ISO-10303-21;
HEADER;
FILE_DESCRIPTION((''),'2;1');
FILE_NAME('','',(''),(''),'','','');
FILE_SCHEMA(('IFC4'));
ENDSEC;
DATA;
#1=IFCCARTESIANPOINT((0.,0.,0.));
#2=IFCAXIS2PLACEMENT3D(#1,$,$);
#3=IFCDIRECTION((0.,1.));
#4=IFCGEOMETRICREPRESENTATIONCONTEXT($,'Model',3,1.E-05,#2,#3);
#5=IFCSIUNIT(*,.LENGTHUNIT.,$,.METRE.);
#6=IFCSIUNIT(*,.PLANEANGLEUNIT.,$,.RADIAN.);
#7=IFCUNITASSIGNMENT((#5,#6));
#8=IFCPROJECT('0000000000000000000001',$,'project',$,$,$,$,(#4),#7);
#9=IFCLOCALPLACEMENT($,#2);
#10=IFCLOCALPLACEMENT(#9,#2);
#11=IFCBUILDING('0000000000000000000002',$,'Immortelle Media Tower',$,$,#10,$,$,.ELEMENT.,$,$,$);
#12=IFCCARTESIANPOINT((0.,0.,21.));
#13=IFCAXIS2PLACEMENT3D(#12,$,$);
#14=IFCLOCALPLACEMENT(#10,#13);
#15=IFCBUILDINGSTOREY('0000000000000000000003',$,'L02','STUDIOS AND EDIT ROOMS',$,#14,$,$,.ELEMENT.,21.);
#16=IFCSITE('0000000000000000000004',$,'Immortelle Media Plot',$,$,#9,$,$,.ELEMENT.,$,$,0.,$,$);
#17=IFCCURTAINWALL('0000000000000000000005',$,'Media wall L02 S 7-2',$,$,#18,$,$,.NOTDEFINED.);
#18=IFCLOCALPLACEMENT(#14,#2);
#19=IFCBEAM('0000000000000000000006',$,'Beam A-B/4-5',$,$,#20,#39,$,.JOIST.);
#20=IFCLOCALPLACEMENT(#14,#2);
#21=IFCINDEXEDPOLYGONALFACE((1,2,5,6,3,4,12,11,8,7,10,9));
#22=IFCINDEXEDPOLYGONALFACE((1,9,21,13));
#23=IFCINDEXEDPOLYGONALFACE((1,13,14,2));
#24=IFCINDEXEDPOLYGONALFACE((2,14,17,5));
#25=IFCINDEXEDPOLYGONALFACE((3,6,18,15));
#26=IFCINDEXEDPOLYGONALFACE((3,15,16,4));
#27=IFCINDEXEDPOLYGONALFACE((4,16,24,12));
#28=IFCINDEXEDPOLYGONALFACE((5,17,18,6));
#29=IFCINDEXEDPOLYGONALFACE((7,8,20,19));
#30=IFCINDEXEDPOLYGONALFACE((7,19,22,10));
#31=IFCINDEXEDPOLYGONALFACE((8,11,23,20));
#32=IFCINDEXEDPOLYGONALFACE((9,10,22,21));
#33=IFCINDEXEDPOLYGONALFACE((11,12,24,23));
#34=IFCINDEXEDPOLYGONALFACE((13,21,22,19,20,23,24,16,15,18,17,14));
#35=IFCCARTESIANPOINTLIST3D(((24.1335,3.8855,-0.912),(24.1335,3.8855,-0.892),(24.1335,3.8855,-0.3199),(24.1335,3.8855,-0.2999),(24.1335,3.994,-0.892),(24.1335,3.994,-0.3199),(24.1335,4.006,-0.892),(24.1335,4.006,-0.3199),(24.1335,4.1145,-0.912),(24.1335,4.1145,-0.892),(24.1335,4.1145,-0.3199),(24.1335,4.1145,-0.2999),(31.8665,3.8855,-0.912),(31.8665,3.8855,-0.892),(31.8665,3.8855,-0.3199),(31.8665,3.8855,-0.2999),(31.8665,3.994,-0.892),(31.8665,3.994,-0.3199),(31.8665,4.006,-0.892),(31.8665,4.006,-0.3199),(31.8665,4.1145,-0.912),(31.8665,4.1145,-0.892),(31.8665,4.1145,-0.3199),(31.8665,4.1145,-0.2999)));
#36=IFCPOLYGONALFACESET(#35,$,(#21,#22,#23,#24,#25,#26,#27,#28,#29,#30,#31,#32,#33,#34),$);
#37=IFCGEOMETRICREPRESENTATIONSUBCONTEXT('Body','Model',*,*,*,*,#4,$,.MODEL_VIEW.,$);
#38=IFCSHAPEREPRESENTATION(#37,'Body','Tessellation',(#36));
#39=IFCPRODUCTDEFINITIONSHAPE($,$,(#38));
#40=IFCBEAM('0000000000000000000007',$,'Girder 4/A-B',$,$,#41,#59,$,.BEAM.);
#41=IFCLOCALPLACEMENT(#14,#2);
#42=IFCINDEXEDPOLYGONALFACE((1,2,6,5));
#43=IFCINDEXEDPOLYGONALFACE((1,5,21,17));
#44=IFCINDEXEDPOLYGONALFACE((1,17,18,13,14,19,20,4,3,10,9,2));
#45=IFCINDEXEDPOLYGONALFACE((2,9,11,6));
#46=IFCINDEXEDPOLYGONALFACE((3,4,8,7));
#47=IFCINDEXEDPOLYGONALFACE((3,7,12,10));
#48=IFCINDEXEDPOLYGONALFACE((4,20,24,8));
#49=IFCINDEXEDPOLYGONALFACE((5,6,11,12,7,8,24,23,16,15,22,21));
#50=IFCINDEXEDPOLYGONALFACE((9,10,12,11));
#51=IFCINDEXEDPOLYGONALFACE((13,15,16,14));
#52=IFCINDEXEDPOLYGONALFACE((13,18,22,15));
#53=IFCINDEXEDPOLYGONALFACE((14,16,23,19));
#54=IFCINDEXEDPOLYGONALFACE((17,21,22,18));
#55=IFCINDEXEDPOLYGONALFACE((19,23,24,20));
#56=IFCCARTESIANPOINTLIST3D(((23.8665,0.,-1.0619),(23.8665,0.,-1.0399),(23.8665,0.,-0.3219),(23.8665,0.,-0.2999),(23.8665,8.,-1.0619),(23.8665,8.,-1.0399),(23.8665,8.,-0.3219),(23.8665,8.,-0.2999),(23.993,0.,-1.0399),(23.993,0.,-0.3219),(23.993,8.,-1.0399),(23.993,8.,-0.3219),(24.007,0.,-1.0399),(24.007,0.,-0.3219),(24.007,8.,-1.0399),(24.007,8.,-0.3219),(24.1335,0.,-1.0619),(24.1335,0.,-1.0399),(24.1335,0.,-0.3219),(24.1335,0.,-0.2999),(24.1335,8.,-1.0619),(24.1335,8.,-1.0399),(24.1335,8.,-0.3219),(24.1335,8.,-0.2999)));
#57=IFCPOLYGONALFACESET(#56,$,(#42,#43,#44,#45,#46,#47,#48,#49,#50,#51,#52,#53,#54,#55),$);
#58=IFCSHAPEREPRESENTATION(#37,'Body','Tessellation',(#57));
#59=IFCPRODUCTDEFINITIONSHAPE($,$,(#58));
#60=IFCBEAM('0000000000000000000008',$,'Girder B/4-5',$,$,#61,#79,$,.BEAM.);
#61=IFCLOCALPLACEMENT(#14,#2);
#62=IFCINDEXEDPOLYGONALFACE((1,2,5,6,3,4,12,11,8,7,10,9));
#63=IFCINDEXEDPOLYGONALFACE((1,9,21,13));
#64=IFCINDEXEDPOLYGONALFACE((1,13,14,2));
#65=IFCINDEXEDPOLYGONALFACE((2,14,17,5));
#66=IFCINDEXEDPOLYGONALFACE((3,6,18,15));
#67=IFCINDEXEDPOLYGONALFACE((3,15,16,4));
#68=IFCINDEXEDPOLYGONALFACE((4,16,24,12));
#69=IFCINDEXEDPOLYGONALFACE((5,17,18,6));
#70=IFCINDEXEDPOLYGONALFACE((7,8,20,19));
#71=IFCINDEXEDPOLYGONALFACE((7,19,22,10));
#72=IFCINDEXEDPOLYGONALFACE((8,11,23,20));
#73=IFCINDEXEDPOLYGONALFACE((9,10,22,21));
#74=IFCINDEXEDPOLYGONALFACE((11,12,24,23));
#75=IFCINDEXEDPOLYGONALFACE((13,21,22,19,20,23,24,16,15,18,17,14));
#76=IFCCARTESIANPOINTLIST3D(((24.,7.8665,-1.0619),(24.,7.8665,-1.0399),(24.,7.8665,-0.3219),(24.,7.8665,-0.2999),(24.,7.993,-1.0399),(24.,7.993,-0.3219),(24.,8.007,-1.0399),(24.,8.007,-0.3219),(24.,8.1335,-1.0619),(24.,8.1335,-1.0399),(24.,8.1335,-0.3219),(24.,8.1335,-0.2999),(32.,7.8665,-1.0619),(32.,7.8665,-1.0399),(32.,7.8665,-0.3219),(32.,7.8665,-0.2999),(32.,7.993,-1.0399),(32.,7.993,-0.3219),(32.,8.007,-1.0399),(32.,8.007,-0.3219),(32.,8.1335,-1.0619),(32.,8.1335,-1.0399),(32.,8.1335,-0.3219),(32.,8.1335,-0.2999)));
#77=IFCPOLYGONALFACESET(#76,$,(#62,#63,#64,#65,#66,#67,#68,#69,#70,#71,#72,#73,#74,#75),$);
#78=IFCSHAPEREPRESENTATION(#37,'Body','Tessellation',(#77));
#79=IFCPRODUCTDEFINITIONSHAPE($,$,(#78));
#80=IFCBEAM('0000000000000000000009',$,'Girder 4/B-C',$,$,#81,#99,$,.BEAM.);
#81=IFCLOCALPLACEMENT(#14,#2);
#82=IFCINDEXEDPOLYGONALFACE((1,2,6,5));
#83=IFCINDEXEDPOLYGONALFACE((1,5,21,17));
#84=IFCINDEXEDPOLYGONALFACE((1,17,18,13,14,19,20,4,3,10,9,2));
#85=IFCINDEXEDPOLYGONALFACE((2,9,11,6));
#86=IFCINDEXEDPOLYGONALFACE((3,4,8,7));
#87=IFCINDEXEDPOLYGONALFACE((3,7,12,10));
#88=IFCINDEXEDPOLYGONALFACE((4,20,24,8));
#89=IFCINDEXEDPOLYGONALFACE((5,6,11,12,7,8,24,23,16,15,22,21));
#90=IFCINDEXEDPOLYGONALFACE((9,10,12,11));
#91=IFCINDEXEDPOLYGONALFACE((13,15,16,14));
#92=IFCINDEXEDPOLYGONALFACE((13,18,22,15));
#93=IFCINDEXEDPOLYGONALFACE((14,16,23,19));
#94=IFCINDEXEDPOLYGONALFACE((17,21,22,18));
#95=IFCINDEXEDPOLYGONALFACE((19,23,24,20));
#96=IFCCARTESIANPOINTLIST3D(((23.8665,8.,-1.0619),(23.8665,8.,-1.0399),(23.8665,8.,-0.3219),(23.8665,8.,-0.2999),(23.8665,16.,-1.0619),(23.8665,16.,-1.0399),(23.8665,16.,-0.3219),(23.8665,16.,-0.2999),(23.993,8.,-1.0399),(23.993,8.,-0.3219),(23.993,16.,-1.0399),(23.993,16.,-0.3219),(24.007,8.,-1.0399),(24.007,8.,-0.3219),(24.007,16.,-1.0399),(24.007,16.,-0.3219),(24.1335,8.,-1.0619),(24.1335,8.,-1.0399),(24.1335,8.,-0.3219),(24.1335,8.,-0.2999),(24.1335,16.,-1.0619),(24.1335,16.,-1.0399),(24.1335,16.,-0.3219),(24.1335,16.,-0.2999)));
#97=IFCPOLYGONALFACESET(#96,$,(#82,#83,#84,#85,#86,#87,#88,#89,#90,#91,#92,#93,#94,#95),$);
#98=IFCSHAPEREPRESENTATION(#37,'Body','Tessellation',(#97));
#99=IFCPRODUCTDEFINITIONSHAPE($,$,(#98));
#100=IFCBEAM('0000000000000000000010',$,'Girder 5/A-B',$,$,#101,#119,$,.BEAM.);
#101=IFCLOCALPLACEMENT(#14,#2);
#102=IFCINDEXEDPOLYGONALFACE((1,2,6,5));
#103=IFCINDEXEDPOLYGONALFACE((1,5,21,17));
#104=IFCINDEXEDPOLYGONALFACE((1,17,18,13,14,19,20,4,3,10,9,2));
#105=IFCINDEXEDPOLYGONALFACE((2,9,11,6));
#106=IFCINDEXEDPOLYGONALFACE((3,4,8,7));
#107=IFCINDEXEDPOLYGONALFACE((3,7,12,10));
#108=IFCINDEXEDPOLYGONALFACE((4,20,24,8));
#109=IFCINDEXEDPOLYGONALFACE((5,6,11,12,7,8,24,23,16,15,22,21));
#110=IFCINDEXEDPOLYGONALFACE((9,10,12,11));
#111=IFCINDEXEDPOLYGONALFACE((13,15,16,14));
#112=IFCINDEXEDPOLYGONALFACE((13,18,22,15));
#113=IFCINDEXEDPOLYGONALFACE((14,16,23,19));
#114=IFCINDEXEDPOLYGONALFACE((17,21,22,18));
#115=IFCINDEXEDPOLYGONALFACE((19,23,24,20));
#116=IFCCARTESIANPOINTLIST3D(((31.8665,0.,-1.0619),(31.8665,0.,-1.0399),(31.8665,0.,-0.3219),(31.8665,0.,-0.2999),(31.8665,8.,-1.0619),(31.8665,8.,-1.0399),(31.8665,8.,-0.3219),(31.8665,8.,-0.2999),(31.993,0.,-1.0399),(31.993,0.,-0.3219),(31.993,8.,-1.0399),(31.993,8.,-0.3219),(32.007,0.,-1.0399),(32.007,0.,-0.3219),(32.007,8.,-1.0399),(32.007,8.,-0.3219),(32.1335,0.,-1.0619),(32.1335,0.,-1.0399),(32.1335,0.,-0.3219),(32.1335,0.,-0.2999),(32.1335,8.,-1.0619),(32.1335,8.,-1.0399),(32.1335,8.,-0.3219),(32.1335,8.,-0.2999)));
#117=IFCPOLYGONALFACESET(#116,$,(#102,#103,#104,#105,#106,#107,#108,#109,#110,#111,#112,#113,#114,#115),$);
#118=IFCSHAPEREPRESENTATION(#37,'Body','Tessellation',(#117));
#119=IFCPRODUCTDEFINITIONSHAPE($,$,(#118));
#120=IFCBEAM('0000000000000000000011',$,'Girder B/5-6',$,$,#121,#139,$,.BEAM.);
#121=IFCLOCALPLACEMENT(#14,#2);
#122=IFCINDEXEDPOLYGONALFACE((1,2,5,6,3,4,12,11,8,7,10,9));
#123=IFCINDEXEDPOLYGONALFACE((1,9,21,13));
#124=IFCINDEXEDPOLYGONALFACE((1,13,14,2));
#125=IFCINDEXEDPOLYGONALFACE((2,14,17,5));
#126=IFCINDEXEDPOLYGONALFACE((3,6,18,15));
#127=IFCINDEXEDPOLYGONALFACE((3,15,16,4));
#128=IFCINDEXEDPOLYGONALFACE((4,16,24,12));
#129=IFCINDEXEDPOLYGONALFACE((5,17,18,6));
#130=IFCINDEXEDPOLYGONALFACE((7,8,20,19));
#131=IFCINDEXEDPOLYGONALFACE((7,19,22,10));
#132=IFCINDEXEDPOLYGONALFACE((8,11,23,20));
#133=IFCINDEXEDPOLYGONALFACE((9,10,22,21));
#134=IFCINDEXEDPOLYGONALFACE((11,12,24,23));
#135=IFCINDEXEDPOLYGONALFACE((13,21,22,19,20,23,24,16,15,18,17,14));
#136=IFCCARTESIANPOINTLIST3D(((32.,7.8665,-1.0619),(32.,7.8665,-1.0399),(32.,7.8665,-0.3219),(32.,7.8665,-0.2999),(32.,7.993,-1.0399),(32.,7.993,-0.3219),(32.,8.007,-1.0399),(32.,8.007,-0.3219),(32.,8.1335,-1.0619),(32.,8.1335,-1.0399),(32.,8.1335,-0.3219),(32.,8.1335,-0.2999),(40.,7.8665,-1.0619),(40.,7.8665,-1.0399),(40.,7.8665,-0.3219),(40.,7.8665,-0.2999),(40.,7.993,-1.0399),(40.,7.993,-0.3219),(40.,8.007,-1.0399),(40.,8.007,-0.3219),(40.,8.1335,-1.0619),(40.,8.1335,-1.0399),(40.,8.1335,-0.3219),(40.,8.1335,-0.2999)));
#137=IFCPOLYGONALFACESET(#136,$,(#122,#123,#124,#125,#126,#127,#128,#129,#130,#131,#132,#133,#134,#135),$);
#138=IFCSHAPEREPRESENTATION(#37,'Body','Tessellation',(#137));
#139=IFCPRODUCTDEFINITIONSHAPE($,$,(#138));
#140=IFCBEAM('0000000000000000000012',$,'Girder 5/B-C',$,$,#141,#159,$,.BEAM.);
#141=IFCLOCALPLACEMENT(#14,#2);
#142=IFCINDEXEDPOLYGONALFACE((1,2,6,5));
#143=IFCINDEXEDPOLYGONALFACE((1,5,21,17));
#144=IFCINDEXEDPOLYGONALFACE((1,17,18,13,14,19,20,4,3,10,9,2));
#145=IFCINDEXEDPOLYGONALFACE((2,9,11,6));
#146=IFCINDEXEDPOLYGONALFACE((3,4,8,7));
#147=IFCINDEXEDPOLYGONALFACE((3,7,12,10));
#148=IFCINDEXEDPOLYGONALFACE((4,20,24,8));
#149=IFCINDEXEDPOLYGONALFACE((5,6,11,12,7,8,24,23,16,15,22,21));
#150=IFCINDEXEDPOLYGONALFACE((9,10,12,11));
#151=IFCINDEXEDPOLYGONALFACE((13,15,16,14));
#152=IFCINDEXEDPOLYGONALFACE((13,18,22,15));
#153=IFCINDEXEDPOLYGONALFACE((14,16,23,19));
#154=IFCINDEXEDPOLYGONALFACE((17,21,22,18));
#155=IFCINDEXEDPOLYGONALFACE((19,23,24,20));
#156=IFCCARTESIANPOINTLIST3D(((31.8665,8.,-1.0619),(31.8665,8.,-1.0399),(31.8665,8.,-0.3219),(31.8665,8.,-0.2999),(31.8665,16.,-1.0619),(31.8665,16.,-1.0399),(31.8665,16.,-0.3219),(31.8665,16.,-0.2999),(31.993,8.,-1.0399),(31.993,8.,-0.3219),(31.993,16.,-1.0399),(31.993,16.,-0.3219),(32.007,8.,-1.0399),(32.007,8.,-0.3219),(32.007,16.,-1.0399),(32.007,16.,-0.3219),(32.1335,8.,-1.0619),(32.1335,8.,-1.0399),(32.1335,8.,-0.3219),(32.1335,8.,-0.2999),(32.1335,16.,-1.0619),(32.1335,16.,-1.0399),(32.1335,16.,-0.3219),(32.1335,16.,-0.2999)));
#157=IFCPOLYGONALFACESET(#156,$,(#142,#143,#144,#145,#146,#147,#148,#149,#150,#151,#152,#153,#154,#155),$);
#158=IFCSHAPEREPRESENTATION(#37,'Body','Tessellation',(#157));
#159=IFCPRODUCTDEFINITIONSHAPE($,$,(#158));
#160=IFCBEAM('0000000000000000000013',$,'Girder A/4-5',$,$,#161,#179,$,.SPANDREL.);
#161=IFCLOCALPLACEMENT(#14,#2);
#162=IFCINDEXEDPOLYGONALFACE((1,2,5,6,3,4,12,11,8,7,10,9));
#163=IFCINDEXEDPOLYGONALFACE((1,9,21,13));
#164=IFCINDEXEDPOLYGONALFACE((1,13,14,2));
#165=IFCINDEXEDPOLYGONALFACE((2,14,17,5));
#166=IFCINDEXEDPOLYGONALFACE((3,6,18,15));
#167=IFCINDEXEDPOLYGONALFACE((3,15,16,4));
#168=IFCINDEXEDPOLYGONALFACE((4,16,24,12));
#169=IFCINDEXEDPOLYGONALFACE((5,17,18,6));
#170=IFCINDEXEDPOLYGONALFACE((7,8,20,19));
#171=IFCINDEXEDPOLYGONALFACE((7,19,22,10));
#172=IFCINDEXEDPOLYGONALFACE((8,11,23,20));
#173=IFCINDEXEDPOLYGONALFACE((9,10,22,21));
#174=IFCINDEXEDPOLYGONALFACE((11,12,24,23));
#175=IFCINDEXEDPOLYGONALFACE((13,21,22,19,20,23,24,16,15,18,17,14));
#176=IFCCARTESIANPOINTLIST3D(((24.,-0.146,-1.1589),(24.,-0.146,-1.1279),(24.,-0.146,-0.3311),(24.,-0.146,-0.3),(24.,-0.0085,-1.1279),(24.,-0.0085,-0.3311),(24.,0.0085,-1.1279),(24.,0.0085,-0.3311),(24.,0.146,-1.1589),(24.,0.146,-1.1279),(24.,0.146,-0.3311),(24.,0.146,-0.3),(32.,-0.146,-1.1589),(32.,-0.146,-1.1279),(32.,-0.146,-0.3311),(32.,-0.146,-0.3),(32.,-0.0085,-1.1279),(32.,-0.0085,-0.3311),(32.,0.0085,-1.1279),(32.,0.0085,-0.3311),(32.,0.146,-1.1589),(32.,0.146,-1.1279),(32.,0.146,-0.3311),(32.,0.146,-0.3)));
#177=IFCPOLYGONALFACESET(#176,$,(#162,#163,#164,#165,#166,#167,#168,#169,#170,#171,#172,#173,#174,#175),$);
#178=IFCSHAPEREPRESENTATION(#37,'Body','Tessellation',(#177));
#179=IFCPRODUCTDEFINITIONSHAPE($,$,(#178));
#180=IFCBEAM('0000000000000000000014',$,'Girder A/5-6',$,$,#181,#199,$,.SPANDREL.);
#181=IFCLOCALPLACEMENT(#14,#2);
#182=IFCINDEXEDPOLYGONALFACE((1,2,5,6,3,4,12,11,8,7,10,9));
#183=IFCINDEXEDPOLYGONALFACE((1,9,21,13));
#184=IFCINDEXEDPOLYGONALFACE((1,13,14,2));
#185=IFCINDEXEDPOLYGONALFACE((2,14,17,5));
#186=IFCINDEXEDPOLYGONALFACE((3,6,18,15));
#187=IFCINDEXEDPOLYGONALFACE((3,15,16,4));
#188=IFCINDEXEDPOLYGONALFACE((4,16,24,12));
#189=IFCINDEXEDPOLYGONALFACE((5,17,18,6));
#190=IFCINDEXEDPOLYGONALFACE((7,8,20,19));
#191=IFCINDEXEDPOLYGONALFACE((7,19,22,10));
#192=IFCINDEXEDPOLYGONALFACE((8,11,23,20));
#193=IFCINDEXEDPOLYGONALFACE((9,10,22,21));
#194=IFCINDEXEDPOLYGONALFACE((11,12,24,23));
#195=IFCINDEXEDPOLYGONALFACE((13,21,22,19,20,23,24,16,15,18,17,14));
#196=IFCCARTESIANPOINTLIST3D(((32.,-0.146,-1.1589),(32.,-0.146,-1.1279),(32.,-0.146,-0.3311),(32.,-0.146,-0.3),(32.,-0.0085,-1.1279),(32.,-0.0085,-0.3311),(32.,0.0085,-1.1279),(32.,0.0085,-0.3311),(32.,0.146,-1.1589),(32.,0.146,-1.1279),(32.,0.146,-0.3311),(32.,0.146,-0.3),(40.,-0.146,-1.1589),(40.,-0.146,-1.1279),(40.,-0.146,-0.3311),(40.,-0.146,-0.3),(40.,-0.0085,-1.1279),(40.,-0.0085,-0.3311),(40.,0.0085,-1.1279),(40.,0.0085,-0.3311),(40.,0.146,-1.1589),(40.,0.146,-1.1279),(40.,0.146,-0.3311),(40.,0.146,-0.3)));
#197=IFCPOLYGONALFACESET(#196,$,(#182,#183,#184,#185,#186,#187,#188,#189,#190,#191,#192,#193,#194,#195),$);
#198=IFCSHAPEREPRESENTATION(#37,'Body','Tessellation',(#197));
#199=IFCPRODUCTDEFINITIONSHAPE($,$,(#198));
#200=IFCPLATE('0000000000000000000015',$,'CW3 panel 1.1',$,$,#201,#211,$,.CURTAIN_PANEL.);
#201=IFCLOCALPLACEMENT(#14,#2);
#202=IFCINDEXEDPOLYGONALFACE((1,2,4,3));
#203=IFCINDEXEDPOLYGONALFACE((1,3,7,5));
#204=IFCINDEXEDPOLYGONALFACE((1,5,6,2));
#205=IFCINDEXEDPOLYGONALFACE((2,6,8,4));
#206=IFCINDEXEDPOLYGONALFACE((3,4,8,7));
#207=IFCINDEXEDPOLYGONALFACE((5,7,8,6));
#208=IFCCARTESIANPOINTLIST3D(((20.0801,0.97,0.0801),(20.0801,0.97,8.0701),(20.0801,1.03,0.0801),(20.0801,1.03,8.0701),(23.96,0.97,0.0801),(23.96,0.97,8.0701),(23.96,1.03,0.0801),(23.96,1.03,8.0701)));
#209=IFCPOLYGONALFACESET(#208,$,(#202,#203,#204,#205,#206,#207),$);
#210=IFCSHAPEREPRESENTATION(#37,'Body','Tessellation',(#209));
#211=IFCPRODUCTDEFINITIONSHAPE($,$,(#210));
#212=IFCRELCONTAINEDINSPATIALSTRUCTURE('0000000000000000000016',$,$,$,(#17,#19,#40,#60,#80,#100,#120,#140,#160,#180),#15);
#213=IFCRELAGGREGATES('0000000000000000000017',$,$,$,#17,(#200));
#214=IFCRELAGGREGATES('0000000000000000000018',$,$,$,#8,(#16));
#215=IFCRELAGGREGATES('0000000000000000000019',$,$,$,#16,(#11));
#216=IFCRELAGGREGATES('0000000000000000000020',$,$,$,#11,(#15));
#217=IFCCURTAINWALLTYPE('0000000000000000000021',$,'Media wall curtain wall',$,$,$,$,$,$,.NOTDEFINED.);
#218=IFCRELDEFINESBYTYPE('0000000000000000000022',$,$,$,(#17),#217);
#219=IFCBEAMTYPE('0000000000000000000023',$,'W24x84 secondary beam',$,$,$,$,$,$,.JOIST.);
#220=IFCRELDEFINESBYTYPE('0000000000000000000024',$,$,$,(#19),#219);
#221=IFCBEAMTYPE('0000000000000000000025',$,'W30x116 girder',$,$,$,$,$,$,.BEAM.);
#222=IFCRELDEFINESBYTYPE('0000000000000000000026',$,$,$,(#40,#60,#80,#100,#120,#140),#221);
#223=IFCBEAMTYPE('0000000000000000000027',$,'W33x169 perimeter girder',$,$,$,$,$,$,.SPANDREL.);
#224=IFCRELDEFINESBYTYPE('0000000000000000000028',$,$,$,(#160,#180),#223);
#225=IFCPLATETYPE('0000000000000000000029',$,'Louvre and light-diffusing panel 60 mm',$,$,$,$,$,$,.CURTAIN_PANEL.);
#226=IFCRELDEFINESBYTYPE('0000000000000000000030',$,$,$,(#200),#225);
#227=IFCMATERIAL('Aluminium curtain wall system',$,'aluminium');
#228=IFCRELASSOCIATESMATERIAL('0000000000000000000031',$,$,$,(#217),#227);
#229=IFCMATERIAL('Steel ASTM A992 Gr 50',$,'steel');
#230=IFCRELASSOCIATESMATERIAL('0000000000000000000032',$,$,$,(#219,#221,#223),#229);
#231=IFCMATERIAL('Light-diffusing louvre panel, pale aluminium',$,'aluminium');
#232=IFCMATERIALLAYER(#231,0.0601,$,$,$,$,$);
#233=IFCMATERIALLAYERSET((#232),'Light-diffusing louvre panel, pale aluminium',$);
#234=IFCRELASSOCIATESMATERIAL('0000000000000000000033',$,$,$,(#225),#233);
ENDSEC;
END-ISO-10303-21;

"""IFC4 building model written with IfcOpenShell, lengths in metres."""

from ifc_helpers import new_model, si_unit, direction, frame, origin, origin_2d, place, context, subcontext, project, spatial, rectangle, i_section, extrude, material, layer, layer_set, material_profile, profile_set, type_object, element, aggregate, save


model = new_model("IFC4")

# Units and contexts
model_context = context("Model", 3, precision=1e-05, world=origin(), true_north=direction((0.0, 1.0)))
body_context = subcontext(model_context, "Body", "Model", "MODEL_VIEW")
ifc_project = project(units=[si_unit("LENGTHUNIT", "METRE"), si_unit("PLANEANGLEUNIT", "RADIAN")], contexts=[model_context])

# Site, building, storey
site_placement = place(None, origin())
site = spatial("IfcSite", under=ifc_project, at=site_placement, Name="Immortelle Media Plot", CompositionType="ELEMENT", RefElevation=0.0)
building_placement = place(site_placement, origin())
building = spatial("IfcBuilding", under=site, at=building_placement, Name="Immortelle Media Tower", CompositionType="ELEMENT")
storey_placement = place(building_placement, frame((0.0, 0.0, 21.0)))
storey = spatial("IfcBuildingStorey", under=building, at=storey_placement, Name="L02", Description="STUDIOS AND EDIT ROOMS", CompositionType="ELEMENT", Elevation=21.0)

# Shared definitions
ifc_material_1 = material(Name="Steel ASTM A992 Gr 50", Category="steel")

# Curtain wall
ifc_material_2 = material(Name="Aluminium curtain wall system", Category="aluminium")
curtain_wall_type = type_object("IfcCurtainWallType", Name="Media wall curtain wall", PredefinedType="NOTDEFINED", material=ifc_material_2)
curtain_wall_placement = place(storey_placement, origin())
curtain_wall = element("IfcCurtainWall", 1, at=curtain_wall_placement, inside=storey, type_object=curtain_wall_type, Name="Media wall L02 S 7-2", PredefinedType="NOTDEFINED")

# Beams
ifc_material_profile_1 = material_profile(ifc_material_1, i_section(OverallWidth=0.229, OverallDepth=0.6121, WebThickness=0.012, FlangeThickness=0.02, at=origin_2d()), Name="W24x84")
ifc_profile_set_1 = profile_set([ifc_material_profile_1], Name="Steel ASTM A992 Gr 50")
beam_type_1 = type_object("IfcBeamType", Name="W24x84 secondary beam", PredefinedType="JOIST", material=ifc_profile_set_1)
beam_placement = place(storey_placement, frame((24.1335, 4.0, -0.606), z_axis=(1.0, 0.0, 0.0), x_axis=(0.0, 1.0, 0.0)))
element("IfcBeam", 2, at=beam_placement, inside=storey, type_object=beam_type_1, Name="Beam A-B/4-5", PredefinedType="JOIST", context=body_context, shape_type="SweptSolid", body=[
    extrude(i_section(OverallWidth=0.229, OverallDepth=0.6121, WebThickness=0.012, FlangeThickness=0.02, at=origin_2d()), origin(), (0.0, 0.0, 1.0), 7.7329),
])
ifc_material_profile_2 = material_profile(ifc_material_1, i_section(OverallWidth=0.2671, OverallDepth=0.762, WebThickness=0.0139, FlangeThickness=0.022, at=origin_2d()), Name="W30x116")
ifc_profile_set_2 = profile_set([ifc_material_profile_2], Name="Steel ASTM A992 Gr 50")
beam_type_2 = type_object("IfcBeamType", Name="W30x116 girder", PredefinedType="BEAM", material=ifc_profile_set_2)
for number, where, z_axis, x_axis, name in (
    (3, (24.0, 0.0, -0.6809), (0.0, 1.0, 0.0), (-1.0, 0.0, 0.0), "Girder 4/A-B"),
    (4, (24.0, 8.0, -0.6809), (1.0, 0.0, 0.0), (0.0, 1.0, 0.0), "Girder B/4-5"),
    (5, (24.0, 8.0, -0.6809), (0.0, 1.0, 0.0), (-1.0, 0.0, 0.0), "Girder 4/B-C"),
    (6, (32.0, 0.0, -0.6809), (0.0, 1.0, 0.0), (-1.0, 0.0, 0.0), "Girder 5/A-B"),
    (7, (32.0, 8.0, -0.6809), (1.0, 0.0, 0.0), (0.0, 1.0, 0.0), "Girder B/5-6"),
    (8, (32.0, 8.0, -0.6809), (0.0, 1.0, 0.0), (-1.0, 0.0, 0.0), "Girder 5/B-C"),
):
    element("IfcBeam", number, at=place(storey_placement, frame(where, z_axis=z_axis, x_axis=x_axis)), inside=storey, type_object=beam_type_2, Name=name, PredefinedType="BEAM", context=body_context, shape_type="SweptSolid", body=[
        extrude(i_section(OverallWidth=0.2671, OverallDepth=0.762, WebThickness=0.0139, FlangeThickness=0.022, at=origin_2d()), origin(), (0.0, 0.0, 1.0), 8.0),
    ])
ifc_material_profile_3 = material_profile(ifc_material_1, i_section(OverallWidth=0.292, OverallDepth=0.8589, WebThickness=0.0171, FlangeThickness=0.031, at=origin_2d()), Name="W33x169")
ifc_profile_set_3 = profile_set([ifc_material_profile_3], Name="Steel ASTM A992 Gr 50")
beam_type_3 = type_object("IfcBeamType", Name="W33x169 perimeter girder", PredefinedType="SPANDREL", material=ifc_profile_set_3)
for number, where, z_axis, x_axis, name in (
    (9, (24.0, 0.0, -0.7295), (1.0, 0.0, 0.0), (0.0, 1.0, 0.0), "Girder A/4-5"),
    (10, (32.0, 0.0, -0.7295), (1.0, 0.0, 0.0), (0.0, 1.0, 0.0), "Girder A/5-6"),
):
    element("IfcBeam", number, at=place(storey_placement, frame(where, z_axis=z_axis, x_axis=x_axis)), inside=storey, type_object=beam_type_3, Name=name, PredefinedType="SPANDREL", context=body_context, shape_type="SweptSolid", body=[
        extrude(i_section(OverallWidth=0.292, OverallDepth=0.8589, WebThickness=0.0171, FlangeThickness=0.031, at=origin_2d()), origin(), (0.0, 0.0, 1.0), 8.0),
    ])

# Plate
ifc_material_3 = material(Name="Light-diffusing louvre panel, pale aluminium", Category="aluminium")
ifc_layer_1 = layer(ifc_material_3, 0.0601)
ifc_layer_set_1 = layer_set([ifc_layer_1], Name="Light-diffusing louvre panel, pale aluminium")
plate_type = type_object("IfcPlateType", Name="Louvre and light-diffusing panel 60 mm", PredefinedType="CURTAIN_PANEL", material=ifc_layer_set_1)
plate_1_placement = place(storey_placement, frame((22.02, 1.0, 0.0801), z_axis=(0.0, 0.0, 1.0), x_axis=(1.0, 0.0, 0.0)))
plate_1 = element("IfcPlate", 11, at=plate_1_placement, type_object=plate_type, Name="CW3 panel 1.1", PredefinedType="CURTAIN_PANEL", context=body_context, shape_type="SweptSolid", body=[
    extrude(rectangle(XDim=3.8799, YDim=0.0601, at=origin_2d()), origin(), (0.0, 0.0, 1.0), 7.99),
])
aggregate(curtain_wall, [plate_1])

save(model, "model.ifc")
